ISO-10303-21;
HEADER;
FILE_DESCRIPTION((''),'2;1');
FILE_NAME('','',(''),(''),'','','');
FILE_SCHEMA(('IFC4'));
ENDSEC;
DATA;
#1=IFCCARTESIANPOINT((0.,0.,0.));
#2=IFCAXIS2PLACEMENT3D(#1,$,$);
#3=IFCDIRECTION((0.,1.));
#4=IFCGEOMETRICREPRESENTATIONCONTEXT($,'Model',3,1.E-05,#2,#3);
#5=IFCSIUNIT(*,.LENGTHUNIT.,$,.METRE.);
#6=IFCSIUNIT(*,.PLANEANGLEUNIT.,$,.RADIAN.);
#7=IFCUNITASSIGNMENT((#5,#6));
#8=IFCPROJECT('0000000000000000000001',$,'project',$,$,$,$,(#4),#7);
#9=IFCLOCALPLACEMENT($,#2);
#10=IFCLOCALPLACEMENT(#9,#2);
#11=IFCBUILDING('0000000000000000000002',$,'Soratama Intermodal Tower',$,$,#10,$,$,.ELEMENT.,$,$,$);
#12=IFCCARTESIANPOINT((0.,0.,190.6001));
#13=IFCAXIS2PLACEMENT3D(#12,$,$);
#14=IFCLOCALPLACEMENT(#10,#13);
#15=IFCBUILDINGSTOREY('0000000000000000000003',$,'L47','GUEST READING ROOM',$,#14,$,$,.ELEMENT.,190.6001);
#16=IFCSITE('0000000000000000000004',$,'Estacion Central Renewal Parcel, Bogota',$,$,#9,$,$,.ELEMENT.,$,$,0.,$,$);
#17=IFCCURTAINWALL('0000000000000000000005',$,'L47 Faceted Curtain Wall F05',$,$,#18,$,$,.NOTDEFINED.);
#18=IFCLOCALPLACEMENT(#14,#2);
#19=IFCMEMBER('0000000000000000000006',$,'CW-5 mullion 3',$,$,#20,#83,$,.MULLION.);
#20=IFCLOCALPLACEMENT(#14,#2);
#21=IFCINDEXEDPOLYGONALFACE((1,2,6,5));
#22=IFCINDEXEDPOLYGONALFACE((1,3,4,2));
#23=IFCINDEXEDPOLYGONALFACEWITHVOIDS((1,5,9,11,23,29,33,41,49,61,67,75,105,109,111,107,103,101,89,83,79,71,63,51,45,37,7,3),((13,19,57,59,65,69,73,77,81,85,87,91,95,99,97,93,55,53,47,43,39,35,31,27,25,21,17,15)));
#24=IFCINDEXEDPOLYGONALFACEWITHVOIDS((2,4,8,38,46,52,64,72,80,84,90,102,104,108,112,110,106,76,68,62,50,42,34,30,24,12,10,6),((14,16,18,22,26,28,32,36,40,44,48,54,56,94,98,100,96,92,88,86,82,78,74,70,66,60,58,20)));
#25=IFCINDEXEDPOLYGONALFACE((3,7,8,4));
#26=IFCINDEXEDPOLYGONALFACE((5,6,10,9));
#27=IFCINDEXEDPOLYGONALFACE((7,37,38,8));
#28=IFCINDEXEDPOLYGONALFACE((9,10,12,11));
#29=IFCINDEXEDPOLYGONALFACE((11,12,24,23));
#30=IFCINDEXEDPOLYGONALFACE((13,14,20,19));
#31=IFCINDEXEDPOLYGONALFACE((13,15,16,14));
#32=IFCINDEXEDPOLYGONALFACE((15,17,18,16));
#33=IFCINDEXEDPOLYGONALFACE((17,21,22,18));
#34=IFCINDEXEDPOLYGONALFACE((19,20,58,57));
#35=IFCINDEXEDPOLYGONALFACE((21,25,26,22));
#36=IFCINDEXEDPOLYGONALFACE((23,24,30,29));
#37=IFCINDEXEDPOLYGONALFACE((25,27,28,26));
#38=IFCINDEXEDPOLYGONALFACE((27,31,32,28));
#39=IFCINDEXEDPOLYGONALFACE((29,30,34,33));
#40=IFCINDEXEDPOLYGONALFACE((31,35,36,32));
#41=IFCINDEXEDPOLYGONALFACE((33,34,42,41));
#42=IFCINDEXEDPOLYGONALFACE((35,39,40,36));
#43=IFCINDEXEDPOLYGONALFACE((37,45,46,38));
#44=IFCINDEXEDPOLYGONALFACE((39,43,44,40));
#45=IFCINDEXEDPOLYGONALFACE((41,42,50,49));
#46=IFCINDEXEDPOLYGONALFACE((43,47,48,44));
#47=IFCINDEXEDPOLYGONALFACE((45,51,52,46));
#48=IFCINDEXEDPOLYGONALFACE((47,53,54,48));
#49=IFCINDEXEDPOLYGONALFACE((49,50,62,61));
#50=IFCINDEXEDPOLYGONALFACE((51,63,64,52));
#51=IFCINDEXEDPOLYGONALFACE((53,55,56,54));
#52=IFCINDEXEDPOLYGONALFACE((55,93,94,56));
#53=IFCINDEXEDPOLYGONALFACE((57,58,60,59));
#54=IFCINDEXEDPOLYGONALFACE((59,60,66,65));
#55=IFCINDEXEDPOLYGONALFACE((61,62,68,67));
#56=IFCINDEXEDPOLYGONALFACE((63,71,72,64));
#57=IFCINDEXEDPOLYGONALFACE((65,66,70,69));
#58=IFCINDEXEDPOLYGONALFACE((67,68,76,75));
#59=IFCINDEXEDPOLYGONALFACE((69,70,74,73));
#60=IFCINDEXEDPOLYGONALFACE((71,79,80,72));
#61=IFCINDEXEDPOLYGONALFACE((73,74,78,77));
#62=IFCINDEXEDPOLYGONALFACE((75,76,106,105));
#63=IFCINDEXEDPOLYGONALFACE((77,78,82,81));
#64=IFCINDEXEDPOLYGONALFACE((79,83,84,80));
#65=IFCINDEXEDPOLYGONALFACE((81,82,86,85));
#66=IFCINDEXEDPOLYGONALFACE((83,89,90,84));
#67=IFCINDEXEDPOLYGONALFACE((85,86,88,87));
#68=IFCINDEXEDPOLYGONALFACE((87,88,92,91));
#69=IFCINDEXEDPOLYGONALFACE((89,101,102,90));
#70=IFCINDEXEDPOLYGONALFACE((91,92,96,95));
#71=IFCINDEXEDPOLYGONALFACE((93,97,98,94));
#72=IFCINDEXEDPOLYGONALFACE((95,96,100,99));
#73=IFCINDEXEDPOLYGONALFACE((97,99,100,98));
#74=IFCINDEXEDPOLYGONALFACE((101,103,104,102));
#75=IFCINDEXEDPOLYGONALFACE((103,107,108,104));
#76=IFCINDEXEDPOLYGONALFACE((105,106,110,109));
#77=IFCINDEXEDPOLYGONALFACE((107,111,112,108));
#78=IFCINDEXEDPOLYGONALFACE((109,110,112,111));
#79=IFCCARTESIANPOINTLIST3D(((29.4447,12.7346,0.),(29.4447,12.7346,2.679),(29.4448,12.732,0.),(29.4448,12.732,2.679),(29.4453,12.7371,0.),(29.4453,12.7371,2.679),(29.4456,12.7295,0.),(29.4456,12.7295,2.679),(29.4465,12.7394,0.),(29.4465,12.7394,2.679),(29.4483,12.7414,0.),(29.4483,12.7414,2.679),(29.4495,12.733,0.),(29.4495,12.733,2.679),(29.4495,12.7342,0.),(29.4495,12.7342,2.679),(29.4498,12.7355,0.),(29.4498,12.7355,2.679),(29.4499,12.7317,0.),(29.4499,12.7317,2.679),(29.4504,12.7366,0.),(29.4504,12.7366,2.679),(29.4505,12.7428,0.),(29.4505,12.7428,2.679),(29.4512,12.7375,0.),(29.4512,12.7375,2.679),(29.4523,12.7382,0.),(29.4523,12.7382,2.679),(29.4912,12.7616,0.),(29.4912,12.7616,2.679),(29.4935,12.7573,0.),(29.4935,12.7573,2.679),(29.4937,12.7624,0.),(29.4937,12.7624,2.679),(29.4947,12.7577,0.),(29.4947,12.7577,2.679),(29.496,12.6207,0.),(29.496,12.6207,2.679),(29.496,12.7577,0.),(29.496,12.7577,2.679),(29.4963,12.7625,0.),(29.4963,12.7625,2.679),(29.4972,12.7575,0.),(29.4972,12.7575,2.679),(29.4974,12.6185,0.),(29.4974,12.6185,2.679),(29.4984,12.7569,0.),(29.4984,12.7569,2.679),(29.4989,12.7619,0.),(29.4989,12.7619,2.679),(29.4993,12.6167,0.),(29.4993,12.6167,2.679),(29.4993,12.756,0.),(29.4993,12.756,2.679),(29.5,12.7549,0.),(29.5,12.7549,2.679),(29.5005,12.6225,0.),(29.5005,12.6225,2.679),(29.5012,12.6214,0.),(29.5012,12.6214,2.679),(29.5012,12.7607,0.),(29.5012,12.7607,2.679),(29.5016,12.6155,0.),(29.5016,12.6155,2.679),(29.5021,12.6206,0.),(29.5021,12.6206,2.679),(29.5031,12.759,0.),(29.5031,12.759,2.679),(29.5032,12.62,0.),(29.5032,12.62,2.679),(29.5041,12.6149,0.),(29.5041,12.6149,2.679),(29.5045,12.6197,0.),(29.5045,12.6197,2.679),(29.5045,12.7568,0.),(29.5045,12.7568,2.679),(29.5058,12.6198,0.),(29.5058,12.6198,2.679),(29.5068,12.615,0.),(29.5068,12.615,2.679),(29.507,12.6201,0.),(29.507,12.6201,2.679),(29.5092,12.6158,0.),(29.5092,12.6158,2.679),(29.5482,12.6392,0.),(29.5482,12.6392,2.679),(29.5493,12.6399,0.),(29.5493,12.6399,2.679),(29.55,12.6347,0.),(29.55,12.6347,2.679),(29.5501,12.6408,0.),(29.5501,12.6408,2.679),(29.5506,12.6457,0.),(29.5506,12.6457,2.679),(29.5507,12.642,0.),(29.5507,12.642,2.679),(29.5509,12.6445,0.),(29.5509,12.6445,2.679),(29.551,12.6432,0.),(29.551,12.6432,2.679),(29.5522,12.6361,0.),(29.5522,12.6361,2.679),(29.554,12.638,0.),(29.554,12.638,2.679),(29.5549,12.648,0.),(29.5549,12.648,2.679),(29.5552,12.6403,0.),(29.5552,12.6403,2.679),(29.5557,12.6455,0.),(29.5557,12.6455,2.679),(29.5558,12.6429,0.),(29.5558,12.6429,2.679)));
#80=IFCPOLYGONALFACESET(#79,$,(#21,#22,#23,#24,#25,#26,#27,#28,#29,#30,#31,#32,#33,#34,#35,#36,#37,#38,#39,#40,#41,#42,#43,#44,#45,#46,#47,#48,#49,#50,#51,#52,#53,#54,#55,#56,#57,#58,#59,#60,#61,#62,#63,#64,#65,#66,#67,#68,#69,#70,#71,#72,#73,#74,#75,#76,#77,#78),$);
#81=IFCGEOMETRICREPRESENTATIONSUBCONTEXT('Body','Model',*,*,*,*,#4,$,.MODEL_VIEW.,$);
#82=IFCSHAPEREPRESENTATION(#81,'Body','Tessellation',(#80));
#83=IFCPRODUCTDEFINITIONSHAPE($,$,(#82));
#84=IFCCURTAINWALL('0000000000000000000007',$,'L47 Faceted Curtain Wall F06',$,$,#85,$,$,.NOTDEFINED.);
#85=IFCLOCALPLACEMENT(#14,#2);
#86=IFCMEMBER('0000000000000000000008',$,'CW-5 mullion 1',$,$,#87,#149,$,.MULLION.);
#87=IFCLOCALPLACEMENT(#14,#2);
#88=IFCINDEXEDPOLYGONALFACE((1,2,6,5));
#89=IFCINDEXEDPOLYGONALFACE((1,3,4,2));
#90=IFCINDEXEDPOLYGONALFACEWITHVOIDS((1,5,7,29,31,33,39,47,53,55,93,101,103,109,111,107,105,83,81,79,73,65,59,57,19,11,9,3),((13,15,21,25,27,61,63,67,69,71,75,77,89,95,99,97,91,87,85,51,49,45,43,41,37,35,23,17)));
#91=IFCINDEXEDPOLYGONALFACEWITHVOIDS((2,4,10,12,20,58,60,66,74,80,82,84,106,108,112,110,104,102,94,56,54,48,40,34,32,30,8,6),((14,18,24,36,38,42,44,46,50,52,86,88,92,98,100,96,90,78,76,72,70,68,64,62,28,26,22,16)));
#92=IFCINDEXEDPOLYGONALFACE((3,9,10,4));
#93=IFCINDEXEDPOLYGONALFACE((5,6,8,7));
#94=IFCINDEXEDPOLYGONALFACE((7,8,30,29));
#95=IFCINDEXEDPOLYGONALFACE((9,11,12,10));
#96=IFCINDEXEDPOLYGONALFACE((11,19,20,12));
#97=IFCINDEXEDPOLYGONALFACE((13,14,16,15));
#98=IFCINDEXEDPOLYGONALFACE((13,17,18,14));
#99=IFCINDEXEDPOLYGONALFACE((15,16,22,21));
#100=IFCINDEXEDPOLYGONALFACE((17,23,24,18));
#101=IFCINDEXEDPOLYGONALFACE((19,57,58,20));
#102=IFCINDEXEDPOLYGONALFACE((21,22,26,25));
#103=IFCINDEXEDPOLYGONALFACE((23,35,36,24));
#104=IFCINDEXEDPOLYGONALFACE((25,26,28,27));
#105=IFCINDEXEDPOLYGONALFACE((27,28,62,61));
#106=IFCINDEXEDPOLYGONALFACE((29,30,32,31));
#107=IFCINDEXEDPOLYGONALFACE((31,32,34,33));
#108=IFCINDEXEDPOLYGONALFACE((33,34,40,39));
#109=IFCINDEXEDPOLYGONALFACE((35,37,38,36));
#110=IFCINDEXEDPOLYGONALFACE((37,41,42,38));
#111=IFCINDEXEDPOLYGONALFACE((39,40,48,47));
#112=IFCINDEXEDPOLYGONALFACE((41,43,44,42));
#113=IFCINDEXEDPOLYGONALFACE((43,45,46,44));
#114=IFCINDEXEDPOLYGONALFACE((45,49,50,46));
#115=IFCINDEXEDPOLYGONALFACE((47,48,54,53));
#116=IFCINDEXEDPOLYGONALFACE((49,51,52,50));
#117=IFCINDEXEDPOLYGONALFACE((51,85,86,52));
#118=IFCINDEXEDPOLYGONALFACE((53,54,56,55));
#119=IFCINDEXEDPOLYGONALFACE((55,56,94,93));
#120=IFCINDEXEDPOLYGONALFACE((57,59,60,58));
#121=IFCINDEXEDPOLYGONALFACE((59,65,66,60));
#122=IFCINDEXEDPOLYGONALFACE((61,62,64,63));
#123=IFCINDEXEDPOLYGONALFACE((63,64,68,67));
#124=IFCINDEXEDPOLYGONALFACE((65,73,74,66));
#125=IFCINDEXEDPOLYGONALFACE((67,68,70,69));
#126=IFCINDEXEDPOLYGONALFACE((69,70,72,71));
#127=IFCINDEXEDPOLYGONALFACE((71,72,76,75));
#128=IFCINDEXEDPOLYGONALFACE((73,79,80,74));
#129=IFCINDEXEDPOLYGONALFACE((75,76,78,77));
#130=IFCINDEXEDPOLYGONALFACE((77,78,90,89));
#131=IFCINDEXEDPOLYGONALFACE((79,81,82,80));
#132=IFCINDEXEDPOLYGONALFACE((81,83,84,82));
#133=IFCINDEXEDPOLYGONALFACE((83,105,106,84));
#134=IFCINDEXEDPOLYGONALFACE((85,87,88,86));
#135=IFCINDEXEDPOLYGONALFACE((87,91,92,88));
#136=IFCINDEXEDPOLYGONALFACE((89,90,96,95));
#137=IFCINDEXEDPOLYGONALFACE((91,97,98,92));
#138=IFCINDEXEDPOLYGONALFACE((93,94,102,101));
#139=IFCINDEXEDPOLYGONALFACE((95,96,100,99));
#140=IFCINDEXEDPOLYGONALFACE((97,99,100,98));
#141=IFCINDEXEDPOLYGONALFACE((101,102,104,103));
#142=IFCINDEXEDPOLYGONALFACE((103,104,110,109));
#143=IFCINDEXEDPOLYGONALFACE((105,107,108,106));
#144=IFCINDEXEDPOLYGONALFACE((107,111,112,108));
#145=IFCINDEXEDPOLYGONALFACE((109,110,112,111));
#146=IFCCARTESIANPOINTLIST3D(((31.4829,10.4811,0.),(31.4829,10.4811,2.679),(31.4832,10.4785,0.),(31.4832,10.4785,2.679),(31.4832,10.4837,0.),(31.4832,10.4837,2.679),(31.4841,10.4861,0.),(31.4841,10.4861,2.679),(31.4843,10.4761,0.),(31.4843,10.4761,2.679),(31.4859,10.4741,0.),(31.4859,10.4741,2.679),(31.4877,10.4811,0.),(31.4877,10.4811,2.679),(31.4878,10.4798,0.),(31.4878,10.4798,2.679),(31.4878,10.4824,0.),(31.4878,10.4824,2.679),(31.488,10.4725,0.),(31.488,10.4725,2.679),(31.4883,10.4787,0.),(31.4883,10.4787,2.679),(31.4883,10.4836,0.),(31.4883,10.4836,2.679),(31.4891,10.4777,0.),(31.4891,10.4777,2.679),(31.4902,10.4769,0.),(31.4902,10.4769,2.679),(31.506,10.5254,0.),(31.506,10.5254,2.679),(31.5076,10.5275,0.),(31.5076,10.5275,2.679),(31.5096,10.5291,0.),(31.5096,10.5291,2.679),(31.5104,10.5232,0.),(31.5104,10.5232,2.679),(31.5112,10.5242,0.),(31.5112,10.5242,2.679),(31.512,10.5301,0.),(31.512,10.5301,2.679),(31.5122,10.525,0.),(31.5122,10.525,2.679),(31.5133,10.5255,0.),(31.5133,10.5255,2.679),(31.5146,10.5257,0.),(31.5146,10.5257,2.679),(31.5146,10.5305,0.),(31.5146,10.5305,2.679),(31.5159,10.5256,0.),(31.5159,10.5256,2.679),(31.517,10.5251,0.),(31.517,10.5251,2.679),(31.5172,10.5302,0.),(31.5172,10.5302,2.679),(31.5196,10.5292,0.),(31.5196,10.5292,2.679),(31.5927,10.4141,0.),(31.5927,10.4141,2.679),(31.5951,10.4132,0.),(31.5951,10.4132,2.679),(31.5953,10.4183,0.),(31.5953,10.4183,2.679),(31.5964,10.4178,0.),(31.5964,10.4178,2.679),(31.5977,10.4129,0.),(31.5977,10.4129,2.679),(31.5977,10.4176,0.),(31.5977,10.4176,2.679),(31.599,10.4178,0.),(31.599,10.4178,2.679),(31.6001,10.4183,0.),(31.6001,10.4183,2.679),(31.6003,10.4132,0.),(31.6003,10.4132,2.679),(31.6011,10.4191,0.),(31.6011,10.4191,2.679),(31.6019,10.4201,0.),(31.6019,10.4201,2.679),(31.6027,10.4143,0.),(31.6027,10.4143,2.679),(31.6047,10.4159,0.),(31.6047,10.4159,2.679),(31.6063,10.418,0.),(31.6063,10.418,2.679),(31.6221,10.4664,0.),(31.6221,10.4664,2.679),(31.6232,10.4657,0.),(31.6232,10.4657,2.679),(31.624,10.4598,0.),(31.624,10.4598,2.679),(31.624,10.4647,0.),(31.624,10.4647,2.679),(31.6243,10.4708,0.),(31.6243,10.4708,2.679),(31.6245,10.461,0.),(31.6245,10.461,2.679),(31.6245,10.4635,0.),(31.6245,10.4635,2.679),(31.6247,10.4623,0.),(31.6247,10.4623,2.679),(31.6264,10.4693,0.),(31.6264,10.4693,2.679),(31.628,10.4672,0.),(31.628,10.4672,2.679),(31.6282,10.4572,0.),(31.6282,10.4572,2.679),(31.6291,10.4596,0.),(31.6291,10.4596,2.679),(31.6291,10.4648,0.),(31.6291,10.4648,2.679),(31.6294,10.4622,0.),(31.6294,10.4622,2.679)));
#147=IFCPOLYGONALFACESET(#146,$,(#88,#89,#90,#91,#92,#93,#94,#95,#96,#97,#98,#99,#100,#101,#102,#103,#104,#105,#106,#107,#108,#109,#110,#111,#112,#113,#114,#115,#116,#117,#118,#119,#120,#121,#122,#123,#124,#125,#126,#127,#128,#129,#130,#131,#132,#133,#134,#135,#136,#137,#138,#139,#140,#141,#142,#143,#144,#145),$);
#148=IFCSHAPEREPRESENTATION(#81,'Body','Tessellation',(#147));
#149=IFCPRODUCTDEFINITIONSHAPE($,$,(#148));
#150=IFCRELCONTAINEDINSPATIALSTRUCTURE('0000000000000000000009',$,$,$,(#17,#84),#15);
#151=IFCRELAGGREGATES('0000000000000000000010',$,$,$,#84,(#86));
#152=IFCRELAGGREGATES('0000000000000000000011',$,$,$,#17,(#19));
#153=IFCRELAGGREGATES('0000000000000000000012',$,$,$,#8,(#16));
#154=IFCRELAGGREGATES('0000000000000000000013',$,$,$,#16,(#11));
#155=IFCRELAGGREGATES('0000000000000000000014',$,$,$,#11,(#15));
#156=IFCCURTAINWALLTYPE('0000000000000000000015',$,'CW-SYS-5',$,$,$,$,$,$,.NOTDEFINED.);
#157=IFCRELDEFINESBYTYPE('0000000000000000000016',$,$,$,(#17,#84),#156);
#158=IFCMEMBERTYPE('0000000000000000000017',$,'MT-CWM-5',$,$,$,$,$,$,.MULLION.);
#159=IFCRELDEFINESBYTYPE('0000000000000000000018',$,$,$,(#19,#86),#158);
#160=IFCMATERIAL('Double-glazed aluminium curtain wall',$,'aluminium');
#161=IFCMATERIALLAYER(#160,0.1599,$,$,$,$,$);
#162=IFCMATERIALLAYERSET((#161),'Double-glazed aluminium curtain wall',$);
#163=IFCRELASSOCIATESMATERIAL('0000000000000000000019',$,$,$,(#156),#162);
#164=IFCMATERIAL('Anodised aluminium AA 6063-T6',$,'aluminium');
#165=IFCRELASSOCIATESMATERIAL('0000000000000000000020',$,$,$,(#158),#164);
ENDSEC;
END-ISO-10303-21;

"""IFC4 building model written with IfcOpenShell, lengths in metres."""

from ifc_helpers import new_model, si_unit, direction, frame, origin, origin_2d, place, context, subcontext, project, spatial, hollow_rectangle, extrude, material, layer, layer_set, material_profile, profile_set, type_object, element, aggregate, save


model = new_model("IFC4")

# Units and contexts
model_context = context("Model", 3, precision=1e-05, world=origin(), true_north=direction((0.0, 1.0)))
body_context = subcontext(model_context, "Body", "Model", "MODEL_VIEW")
ifc_project = project(units=[si_unit("LENGTHUNIT", "METRE"), si_unit("PLANEANGLEUNIT", "RADIAN")], contexts=[model_context])

# Site, building, storey
site_placement = place(None, origin())
site = spatial("IfcSite", under=ifc_project, at=site_placement, Name="Estacion Central Renewal Parcel, Bogota", CompositionType="ELEMENT", RefElevation=0.0)
building_placement = place(site_placement, origin())
building = spatial("IfcBuilding", under=site, at=building_placement, Name="Soratama Intermodal Tower", CompositionType="ELEMENT")
storey_placement = place(building_placement, frame((0.0, 0.0, 190.6001)))
storey = spatial("IfcBuildingStorey", under=building, at=storey_placement, Name="L47", Description="GUEST READING ROOM", CompositionType="ELEMENT", Elevation=190.6001)

# Curtain walls, members
ifc_material_1 = material(Name="Double-glazed aluminium curtain wall", Category="aluminium")
ifc_layer_1 = layer(ifc_material_1, 0.1599)
ifc_layer_set_1 = layer_set([ifc_layer_1], Name="Double-glazed aluminium curtain wall")
curtain_wall_type = type_object("IfcCurtainWallType", Name="CW-SYS-5", PredefinedType="NOTDEFINED", material=ifc_layer_set_1)
curtain_wall_1_placement = place(storey_placement, origin())
curtain_wall_1 = element("IfcCurtainWall", 1, at=curtain_wall_1_placement, inside=storey, type_object=curtain_wall_type, Name="L47 Faceted Curtain Wall F05", PredefinedType="NOTDEFINED")
ifc_material_2 = material(Name="Anodised aluminium AA 6063-T6", Category="aluminium")
ifc_material_profile_1 = material_profile(ifc_material_2, hollow_rectangle(XDim=0.0649, YDim=0.1399, WallThickness=0.0049, InnerFilletRadius=0.0049, OuterFilletRadius=0.01, at=origin_2d()), Name="CWM140X65X5")
ifc_profile_set_1 = profile_set([ifc_material_profile_1], Name="Anodised aluminium AA 6063-T6")
member_type_1 = type_object("IfcMemberType", Name="MT-CWM-5", PredefinedType="MULLION", material=ifc_profile_set_1)
member_1_placement = place(storey_placement, frame((29.5002, 12.6887, 0.0), z_axis=(0.0, 0.0, 1.0), x_axis=(0.907482, 0.420092, 0.0)))
member_1 = element("IfcMember", 2, at=member_1_placement, type_object=member_type_1, Name="CW-5 mullion 3", PredefinedType="MULLION", context=body_context, shape_type="SweptSolid", body=[
    extrude(hollow_rectangle(XDim=0.0649, YDim=0.1399, WallThickness=0.0049, InnerFilletRadius=0.0049, OuterFilletRadius=0.01, at=origin_2d()), origin(), (0.0, 0.0, 1.0), 2.679),
])
curtain_wall_2_placement = place(storey_placement, origin())
curtain_wall_2 = element("IfcCurtainWall", 3, at=curtain_wall_2_placement, inside=storey, type_object=curtain_wall_type, Name="L47 Faceted Curtain Wall F06", PredefinedType="NOTDEFINED")
member_2_placement = place(storey_placement, frame((31.5562, 10.4717, 0.0), z_axis=(0.0, 0.0, 1.0), x_axis=(0.487253, 0.873261, 0.0)))
member_2 = element("IfcMember", 4, at=member_2_placement, type_object=member_type_1, Name="CW-5 mullion 1", PredefinedType="MULLION", context=body_context, shape_type="SweptSolid", body=[
    extrude(hollow_rectangle(XDim=0.0649, YDim=0.1399, WallThickness=0.0049, InnerFilletRadius=0.0049, OuterFilletRadius=0.01, at=origin_2d()), origin(), (0.0, 0.0, 1.0), 2.679),
])

aggregate(curtain_wall_2, [member_2])

aggregate(curtain_wall_1, [member_1])

save(model, "model.ifc")
